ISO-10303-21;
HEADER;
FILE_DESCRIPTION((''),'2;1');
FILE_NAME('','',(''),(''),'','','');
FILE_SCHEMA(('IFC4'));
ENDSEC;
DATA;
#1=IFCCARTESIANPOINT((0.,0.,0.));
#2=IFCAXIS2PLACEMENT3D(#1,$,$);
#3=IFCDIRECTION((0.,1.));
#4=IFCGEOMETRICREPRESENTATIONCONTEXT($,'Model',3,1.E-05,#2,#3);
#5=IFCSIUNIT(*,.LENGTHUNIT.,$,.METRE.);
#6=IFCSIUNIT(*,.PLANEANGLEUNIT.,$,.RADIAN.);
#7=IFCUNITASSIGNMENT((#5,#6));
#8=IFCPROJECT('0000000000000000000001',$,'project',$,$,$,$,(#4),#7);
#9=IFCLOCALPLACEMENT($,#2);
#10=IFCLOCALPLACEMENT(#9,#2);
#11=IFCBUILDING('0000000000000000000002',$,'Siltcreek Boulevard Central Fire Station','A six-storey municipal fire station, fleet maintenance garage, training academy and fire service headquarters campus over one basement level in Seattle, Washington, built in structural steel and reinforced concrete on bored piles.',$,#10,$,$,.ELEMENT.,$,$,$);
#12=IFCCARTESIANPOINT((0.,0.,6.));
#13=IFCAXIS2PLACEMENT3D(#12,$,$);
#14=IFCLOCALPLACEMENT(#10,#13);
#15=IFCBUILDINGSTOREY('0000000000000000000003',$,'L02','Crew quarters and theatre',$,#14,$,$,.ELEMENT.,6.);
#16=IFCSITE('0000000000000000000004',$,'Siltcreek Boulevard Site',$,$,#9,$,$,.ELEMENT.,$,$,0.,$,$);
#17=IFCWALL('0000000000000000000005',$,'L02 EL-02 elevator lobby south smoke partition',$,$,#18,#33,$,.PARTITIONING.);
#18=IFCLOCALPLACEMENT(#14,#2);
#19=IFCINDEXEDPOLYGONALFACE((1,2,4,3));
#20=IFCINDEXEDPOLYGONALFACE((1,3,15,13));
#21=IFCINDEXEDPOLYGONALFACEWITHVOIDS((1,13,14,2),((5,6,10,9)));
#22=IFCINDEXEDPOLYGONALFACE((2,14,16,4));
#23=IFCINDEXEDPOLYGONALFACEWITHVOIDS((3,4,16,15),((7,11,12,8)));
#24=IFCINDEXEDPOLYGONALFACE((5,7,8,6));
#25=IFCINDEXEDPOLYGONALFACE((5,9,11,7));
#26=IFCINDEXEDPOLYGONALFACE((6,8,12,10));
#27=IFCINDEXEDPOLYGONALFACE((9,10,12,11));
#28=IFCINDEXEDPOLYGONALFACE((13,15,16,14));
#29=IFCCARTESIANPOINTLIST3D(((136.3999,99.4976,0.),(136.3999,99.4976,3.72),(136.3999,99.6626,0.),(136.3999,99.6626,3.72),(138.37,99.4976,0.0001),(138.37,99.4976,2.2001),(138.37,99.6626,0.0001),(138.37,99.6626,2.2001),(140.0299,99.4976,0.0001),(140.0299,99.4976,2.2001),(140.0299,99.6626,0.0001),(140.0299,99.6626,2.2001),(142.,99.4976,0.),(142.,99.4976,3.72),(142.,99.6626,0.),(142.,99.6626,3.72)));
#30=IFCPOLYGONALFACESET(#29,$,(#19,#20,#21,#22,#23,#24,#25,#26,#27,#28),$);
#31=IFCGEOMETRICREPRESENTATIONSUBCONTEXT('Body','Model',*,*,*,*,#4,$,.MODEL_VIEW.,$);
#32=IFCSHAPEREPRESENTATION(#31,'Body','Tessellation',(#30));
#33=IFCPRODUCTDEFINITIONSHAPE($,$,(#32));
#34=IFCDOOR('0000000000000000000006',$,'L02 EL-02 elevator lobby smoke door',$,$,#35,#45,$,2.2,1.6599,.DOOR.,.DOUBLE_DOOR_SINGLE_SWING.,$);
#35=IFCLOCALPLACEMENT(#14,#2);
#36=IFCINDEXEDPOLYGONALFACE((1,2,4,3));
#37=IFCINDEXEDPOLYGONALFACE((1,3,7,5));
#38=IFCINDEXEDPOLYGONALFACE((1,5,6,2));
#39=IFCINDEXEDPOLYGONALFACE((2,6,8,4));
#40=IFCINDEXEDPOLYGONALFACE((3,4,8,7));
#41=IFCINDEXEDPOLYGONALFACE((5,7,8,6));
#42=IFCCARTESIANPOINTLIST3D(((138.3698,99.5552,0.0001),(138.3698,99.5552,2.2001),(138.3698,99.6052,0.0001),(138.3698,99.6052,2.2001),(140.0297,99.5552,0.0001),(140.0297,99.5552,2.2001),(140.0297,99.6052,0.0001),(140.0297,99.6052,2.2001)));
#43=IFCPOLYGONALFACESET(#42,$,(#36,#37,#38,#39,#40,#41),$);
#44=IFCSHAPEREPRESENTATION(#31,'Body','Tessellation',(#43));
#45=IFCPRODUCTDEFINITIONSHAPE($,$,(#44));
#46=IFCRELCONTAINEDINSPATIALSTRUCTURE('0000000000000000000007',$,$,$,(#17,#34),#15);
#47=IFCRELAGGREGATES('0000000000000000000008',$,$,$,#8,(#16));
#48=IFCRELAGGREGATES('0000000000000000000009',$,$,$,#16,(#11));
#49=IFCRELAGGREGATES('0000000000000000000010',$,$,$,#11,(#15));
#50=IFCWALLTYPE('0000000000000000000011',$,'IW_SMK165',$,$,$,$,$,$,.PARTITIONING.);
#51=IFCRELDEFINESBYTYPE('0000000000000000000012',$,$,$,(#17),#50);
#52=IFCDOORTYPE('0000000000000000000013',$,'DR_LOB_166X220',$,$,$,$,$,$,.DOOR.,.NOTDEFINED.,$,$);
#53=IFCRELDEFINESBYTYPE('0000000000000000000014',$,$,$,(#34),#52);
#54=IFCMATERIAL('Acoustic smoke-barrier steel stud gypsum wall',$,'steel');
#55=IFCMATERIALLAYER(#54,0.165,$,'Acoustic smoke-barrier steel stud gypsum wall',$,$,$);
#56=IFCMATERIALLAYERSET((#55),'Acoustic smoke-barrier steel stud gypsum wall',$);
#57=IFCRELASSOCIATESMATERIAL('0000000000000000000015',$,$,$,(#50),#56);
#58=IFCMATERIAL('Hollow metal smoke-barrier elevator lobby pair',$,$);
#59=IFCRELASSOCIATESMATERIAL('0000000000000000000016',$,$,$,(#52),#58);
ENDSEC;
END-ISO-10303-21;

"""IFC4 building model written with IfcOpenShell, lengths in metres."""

from ifc_helpers import new_model, si_unit, direction, frame, frame_2d, origin, place, context, subcontext, project, spatial, rectangle, extrude, material, layer, layer_set, type_object, element, fill, save


model = new_model("IFC4")

# Units and contexts
model_context = context("Model", 3, precision=1e-05, world=origin(), true_north=direction((0.0, 1.0)))
body_context = subcontext(model_context, "Body", "Model", "MODEL_VIEW")
ifc_project = project(units=[si_unit("LENGTHUNIT", "METRE"), si_unit("PLANEANGLEUNIT", "RADIAN")], contexts=[model_context])

# Site, building, storey
site_placement = place(None, origin())
site = spatial("IfcSite", under=ifc_project, at=site_placement, Name="Siltcreek Boulevard Site", CompositionType="ELEMENT", RefElevation=0.0)
building_placement = place(site_placement, origin())
building = spatial("IfcBuilding", under=site, at=building_placement, Name="Siltcreek Boulevard Central Fire Station", Description="A six-storey municipal fire station, fleet maintenance garage, training academy and fire service headquarters campus over one basement level in Seattle, Washington, built in structural steel and reinforced concrete on bored piles.", CompositionType="ELEMENT")
storey_placement = place(building_placement, frame((0.0, 0.0, 6.0)))
storey = spatial("IfcBuildingStorey", under=building, at=storey_placement, Name="L02", Description="Crew quarters and theatre", CompositionType="ELEMENT", Elevation=6.0)

# Shared definitions
ifc_material_1 = material(Name="Acoustic smoke-barrier steel stud gypsum wall", Category="steel")
ifc_layer_1 = layer(ifc_material_1, 0.165, Name="Acoustic smoke-barrier steel stud gypsum wall")
ifc_layer_set_1 = layer_set([ifc_layer_1], Name="Acoustic smoke-barrier steel stud gypsum wall")
wall_type_1 = type_object("IfcWallType", Name="IW_SMK165", PredefinedType="PARTITIONING", material=ifc_layer_set_1)

# Wall, opening, door
wall_1_placement = place(storey_placement, frame((136.3999, 99.5801, 0.0), z_axis=(0.0, 0.0, 1.0), x_axis=(1.0, 0.0, 0.0)))
wall_1 = element("IfcWall", 1, at=wall_1_placement, inside=storey, type_object=wall_type_1, Name="L02 EL-02 elevator lobby south smoke partition", PredefinedType="PARTITIONING", context=body_context, shape_type="SweptSolid", body=[
    extrude(rectangle(XDim=5.6001, YDim=0.165, at=frame_2d((2.8, 0.0))), origin(), (0.0, 0.0, 1.0), 3.72),
])
opening_1_placement = place(wall_1_placement, frame((1.97, 0.0, 0.0)))
opening_1 = element("IfcOpeningElement", 2, at=opening_1_placement, cuts=wall_1, PredefinedType="OPENING", context=body_context, shape_type="SweptSolid", body=[
    extrude(rectangle(XDim=1.6599, YDim=2.2, at=frame_2d((0.8301, 1.1001))), frame((0.0, 0.0925, 0.0), z_axis=(0.0, -1.0, 0.0), x_axis=(1.0, 0.0, 0.0)), (0.0, 0.0, 1.0), 0.1851),
])
ifc_material_2 = material(Name="Hollow metal smoke-barrier elevator lobby pair")
door_type_1 = type_object("IfcDoorType", Name="DR_LOB_166X220", OperationType="NOTDEFINED", PredefinedType="DOOR", material=ifc_material_2)
door_1_placement = place(opening_1_placement, frame((1.6599, 0.0, 0.0), z_axis=(0.0, 0.0, 1.0), x_axis=(-1.0, 0.0, 0.0)))
door_1 = element("IfcDoor", 3, at=door_1_placement, inside=storey, type_object=door_type_1, Name="L02 EL-02 elevator lobby smoke door", OperationType="DOUBLE_DOOR_SINGLE_SWING", OverallHeight=2.2, OverallWidth=1.6599, PredefinedType="DOOR", context=body_context, shape_type="SweptSolid", body=[
    extrude(rectangle(XDim=1.6599, YDim=2.2, at=frame_2d((0.8301, 1.1001))), frame((0.0, 0.0249, 0.0), z_axis=(0.0, -1.0, 0.0), x_axis=(1.0, 0.0, 0.0)), (0.0, 0.0, 1.0), 0.05),
])
fill(opening_1, door_1)

save(model, "model.ifc")
